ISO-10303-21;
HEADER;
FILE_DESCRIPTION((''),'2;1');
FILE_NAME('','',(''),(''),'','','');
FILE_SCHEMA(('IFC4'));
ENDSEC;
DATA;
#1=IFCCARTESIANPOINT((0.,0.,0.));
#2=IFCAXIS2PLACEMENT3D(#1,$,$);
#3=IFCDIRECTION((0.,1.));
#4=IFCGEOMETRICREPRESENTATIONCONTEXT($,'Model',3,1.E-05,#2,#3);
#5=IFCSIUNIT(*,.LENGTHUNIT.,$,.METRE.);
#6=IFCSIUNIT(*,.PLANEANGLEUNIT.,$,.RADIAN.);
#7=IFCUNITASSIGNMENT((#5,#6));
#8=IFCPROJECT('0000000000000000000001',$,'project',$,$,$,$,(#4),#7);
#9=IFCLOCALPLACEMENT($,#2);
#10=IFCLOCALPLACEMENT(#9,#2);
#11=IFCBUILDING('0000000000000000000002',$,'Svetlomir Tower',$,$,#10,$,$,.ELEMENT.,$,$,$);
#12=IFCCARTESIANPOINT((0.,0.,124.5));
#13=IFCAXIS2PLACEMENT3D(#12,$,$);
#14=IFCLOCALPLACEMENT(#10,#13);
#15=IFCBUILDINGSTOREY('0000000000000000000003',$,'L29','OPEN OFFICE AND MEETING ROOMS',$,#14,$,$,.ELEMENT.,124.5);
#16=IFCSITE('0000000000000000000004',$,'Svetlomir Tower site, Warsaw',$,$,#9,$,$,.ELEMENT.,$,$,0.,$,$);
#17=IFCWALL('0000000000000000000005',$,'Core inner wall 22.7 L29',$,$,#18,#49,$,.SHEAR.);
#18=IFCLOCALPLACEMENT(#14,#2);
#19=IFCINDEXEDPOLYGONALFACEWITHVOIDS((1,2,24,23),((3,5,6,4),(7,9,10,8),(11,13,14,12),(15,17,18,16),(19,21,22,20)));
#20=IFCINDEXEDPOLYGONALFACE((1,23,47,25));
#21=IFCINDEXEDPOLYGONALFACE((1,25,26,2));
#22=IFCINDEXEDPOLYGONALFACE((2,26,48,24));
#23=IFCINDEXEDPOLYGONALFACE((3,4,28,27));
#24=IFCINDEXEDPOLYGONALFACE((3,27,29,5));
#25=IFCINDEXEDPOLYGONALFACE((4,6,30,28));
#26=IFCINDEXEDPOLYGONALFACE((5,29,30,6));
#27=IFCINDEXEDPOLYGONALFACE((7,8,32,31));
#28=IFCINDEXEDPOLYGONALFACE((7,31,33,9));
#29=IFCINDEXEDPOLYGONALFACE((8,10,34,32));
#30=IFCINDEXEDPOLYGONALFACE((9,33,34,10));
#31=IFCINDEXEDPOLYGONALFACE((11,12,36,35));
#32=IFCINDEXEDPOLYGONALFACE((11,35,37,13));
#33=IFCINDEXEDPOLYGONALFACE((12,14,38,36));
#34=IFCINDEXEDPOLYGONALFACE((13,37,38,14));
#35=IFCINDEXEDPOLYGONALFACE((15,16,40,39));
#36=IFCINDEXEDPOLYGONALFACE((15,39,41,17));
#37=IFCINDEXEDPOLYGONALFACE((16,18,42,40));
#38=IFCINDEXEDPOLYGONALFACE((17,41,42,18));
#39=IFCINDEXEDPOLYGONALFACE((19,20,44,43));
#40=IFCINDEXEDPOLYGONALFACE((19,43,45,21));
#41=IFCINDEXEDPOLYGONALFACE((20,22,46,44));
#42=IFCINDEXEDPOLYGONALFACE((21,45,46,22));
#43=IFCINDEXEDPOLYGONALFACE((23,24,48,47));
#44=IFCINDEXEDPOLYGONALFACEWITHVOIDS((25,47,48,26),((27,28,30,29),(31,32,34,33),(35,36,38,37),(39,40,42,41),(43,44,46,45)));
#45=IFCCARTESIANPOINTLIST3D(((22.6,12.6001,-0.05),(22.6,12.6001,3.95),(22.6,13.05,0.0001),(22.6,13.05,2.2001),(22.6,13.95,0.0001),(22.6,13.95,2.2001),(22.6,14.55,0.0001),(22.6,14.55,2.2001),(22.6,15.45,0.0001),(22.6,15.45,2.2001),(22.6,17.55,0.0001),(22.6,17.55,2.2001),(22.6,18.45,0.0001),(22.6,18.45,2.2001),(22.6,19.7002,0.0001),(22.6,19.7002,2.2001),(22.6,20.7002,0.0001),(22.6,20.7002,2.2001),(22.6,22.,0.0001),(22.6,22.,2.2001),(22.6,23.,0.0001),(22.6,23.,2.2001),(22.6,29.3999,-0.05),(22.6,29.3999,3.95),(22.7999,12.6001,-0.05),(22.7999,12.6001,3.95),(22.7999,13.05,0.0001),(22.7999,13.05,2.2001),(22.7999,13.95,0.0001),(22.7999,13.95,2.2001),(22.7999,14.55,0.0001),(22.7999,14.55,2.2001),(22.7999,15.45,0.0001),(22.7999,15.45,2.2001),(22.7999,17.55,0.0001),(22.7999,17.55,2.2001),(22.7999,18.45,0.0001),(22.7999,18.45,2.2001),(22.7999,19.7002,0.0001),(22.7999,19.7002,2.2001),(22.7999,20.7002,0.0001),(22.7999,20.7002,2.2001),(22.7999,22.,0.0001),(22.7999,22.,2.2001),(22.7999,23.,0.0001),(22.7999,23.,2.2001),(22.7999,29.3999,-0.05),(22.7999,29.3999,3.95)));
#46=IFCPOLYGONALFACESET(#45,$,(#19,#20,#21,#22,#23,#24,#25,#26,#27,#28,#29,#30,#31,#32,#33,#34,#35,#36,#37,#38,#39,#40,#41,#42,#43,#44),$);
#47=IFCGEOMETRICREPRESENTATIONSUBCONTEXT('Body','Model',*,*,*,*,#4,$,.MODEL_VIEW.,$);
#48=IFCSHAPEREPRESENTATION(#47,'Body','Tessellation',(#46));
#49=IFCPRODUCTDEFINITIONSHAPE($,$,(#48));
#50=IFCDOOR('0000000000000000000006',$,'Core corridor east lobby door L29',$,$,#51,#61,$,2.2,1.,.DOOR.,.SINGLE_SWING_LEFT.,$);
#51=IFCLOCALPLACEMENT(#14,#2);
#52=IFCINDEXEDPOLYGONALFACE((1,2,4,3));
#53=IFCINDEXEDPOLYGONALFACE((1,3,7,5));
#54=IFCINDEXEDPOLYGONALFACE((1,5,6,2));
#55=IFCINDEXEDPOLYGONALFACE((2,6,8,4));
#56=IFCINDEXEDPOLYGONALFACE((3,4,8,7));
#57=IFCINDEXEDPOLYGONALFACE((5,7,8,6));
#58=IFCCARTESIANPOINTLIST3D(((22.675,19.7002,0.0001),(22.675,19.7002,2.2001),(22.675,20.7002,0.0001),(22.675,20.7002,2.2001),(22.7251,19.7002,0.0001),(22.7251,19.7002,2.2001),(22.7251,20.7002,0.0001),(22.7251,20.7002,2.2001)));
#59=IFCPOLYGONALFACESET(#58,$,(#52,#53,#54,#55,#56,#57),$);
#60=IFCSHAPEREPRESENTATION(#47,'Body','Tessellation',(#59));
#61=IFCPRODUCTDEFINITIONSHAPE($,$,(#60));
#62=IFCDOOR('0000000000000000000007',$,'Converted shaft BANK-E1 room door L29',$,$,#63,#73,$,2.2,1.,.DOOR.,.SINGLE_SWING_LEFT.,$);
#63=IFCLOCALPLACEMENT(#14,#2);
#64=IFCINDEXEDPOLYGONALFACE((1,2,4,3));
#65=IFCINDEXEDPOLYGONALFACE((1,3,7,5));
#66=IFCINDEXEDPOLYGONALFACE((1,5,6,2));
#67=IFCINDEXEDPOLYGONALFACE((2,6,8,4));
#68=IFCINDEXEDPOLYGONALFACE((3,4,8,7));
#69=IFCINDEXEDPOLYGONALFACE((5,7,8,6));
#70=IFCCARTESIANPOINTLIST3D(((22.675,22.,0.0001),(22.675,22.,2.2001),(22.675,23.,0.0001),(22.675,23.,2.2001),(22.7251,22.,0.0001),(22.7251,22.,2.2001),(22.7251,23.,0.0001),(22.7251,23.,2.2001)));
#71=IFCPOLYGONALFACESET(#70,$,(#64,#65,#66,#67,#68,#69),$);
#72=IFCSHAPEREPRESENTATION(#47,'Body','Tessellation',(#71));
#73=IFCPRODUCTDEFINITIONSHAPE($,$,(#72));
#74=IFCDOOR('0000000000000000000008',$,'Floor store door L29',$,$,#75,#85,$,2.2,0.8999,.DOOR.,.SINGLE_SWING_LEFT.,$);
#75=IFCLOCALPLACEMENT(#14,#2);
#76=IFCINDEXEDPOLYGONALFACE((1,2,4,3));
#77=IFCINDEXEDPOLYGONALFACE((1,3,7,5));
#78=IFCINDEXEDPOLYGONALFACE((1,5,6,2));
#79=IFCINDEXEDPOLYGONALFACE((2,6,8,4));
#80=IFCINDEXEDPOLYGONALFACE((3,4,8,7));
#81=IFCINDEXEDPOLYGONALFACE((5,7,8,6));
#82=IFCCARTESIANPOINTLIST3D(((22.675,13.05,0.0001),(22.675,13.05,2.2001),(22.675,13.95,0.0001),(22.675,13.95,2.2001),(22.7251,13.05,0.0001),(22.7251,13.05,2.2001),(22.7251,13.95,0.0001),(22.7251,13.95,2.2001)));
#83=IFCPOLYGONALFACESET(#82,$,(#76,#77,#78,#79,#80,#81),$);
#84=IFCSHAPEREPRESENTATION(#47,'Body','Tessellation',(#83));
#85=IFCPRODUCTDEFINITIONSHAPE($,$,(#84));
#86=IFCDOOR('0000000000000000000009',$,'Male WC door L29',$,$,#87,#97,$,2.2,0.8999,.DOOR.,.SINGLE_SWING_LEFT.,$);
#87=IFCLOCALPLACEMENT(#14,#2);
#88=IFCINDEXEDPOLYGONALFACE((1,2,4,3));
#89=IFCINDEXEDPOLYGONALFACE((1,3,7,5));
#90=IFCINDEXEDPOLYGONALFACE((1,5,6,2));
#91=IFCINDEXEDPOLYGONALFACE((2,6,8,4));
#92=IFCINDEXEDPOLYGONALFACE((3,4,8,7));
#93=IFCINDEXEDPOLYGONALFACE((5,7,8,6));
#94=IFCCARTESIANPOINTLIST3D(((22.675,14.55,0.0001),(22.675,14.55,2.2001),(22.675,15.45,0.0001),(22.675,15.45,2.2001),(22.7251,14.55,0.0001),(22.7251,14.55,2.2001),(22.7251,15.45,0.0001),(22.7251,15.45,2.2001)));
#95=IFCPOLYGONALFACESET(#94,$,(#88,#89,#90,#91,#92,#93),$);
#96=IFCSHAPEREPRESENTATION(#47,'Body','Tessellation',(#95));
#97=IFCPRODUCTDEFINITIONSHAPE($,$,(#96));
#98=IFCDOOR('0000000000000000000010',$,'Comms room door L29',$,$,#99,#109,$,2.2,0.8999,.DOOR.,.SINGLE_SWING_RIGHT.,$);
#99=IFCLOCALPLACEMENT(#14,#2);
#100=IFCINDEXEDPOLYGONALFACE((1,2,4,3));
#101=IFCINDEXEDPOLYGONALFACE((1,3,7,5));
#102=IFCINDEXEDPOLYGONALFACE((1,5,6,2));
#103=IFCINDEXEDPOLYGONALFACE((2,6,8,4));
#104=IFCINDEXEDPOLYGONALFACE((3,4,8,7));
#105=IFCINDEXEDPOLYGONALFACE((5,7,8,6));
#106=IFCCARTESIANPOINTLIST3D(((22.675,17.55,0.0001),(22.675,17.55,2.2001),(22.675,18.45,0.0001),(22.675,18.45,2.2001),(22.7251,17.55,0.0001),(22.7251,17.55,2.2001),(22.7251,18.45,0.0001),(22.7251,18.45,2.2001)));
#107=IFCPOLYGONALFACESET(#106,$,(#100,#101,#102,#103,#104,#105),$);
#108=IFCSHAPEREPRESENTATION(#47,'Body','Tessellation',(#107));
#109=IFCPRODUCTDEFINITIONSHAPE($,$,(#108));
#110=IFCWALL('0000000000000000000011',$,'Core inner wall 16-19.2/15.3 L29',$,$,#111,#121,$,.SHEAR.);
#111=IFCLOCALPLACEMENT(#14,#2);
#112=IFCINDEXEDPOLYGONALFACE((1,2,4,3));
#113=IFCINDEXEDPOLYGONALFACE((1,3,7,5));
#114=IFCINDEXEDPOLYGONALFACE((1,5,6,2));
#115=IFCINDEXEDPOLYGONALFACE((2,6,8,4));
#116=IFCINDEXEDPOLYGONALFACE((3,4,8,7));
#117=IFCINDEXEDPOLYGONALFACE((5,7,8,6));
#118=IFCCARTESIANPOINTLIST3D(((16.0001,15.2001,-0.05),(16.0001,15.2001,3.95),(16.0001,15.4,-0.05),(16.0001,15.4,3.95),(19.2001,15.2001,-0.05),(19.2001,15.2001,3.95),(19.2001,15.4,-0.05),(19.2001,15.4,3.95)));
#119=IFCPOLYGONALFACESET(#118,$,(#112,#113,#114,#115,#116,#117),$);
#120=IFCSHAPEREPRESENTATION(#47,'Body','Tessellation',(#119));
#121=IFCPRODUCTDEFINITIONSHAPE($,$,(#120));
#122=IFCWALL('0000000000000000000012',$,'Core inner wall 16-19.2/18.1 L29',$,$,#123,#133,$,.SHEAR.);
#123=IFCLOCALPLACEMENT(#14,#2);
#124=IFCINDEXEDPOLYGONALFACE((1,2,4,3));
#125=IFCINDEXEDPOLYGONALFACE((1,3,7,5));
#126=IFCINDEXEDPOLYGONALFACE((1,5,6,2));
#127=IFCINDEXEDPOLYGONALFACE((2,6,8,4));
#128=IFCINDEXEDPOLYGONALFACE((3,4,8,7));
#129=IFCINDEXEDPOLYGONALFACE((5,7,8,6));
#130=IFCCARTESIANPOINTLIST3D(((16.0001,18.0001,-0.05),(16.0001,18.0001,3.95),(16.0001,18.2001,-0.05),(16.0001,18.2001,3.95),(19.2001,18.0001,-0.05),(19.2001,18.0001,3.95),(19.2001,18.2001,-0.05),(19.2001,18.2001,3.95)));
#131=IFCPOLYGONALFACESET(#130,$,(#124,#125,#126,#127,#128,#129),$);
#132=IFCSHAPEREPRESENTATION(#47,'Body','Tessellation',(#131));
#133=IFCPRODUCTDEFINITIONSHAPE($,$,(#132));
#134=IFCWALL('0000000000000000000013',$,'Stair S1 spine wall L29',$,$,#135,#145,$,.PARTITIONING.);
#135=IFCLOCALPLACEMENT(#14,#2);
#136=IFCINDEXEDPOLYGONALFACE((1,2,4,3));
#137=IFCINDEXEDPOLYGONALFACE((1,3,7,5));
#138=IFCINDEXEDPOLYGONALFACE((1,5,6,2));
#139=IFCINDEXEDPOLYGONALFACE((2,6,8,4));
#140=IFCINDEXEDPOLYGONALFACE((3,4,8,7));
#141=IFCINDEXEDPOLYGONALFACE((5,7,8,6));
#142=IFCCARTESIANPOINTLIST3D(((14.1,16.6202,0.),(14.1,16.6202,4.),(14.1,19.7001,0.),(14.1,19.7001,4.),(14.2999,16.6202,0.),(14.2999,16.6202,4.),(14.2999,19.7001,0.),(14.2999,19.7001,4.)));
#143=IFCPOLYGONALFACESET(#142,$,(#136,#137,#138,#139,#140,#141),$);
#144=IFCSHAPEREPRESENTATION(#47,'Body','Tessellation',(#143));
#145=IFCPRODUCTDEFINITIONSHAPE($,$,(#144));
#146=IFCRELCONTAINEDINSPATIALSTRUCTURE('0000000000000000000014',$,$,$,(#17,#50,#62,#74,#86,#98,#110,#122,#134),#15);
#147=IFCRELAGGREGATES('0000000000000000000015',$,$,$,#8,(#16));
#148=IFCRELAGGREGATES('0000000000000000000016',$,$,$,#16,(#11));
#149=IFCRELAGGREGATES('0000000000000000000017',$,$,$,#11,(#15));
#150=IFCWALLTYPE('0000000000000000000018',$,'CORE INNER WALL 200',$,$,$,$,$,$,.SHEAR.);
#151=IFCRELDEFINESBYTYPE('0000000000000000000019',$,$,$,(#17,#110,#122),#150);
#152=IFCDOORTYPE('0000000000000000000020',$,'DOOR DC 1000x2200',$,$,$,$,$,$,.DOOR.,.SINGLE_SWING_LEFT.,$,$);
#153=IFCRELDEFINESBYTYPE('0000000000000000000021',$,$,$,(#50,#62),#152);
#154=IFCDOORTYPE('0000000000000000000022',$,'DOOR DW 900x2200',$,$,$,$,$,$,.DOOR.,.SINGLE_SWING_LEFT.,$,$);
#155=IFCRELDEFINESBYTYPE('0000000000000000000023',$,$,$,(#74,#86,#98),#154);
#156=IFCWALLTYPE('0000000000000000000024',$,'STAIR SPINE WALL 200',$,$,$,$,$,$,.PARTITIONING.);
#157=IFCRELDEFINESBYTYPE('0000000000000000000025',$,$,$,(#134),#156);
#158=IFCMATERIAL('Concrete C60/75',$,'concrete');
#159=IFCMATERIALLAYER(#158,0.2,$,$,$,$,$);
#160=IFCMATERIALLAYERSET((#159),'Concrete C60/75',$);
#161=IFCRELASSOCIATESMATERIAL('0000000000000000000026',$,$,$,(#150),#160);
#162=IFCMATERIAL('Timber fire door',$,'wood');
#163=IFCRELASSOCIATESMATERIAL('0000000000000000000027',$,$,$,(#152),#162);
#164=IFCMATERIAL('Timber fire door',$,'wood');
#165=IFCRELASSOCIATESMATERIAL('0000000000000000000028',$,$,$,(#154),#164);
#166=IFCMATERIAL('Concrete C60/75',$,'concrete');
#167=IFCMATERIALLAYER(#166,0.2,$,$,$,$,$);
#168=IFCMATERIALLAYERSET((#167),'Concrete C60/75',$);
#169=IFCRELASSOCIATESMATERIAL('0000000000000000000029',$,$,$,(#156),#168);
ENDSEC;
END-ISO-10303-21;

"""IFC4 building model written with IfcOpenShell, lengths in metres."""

from ifc_helpers import new_model, si_unit, direction, frame, frame_2d, origin, place, context, subcontext, project, spatial, rectangle, extrude, material, layer, layer_set, type_object, element, fill, save


model = new_model("IFC4")

# Units and contexts
model_context = context("Model", 3, precision=1e-05, world=origin(), true_north=direction((0.0, 1.0)))
body_context = subcontext(model_context, "Body", "Model", "MODEL_VIEW")
ifc_project = project(units=[si_unit("LENGTHUNIT", "METRE"), si_unit("PLANEANGLEUNIT", "RADIAN")], contexts=[model_context])

# Site, building, storey
site_placement = place(None, origin())
site = spatial("IfcSite", under=ifc_project, at=site_placement, Name="Svetlomir Tower site, Warsaw", CompositionType="ELEMENT", RefElevation=0.0)
building_placement = place(site_placement, origin())
building = spatial("IfcBuilding", under=site, at=building_placement, Name="Svetlomir Tower", CompositionType="ELEMENT")
storey_placement = place(building_placement, frame((0.0, 0.0, 124.5)))
storey = spatial("IfcBuildingStorey", under=building, at=storey_placement, Name="L29", Description="OPEN OFFICE AND MEETING ROOMS", CompositionType="ELEMENT", Elevation=124.5)

# Wall, openings, doors
ifc_material_1 = material(Name="Concrete C60/75", Category="concrete")
ifc_layer_1 = layer(ifc_material_1, 0.2)
ifc_layer_set_1 = layer_set([ifc_layer_1], Name="Concrete C60/75")
wall_type_1 = type_object("IfcWallType", Name="CORE INNER WALL 200", PredefinedType="SHEAR", material=ifc_layer_set_1)
ifc_material_2 = material(Name="Timber fire door", Category="wood")
door_type_1 = type_object("IfcDoorType", Name="DOOR DC 1000x2200", OperationType="SINGLE_SWING_LEFT", PredefinedType="DOOR", material=ifc_material_2)
ifc_material_3 = material(Name="Timber fire door", Category="wood")
door_type_2 = type_object("IfcDoorType", Name="DOOR DW 900x2200", OperationType="SINGLE_SWING_LEFT", PredefinedType="DOOR", material=ifc_material_3)
wall_1_placement = place(storey_placement, frame((22.7, 12.6001, -0.05), z_axis=(0.0, 0.0, 1.0), x_axis=(0.0, 1.0, 0.0)))
wall_1 = element("IfcWall", 1, at=wall_1_placement, inside=storey, type_object=wall_type_1, Name="Core inner wall 22.7 L29", PredefinedType="SHEAR", context=body_context, shape_type="SweptSolid", body=[
    extrude(rectangle(XDim=16.7998, YDim=0.2, at=frame_2d((8.3999, 0.0))), origin(), (0.0, 0.0, 1.0), 4.0),
])
opening_1_placement = place(wall_1_placement, frame((0.45, 0.0, 0.05)))
opening_1 = element("IfcOpeningElement", 2, at=opening_1_placement, cuts=wall_1, PredefinedType="OPENING", context=body_context, shape_type="SweptSolid", body=[
    extrude(rectangle(XDim=0.8999, YDim=2.2, at=frame_2d((0.45, 1.1001))), frame((0.0, 0.1099, 0.0), z_axis=(0.0, -1.0, 0.0), x_axis=(1.0, 0.0, 0.0)), (0.0, 0.0, 1.0), 0.22),
])
opening_2_placement = place(wall_1_placement, frame((7.1001, 0.0, 0.05)))
opening_2 = element("IfcOpeningElement", 3, at=opening_2_placement, cuts=wall_1, PredefinedType="OPENING", context=body_context, shape_type="SweptSolid", body=[
    extrude(rectangle(XDim=1.0, YDim=2.2, at=frame_2d((0.5, 1.1001))), frame((0.0, 0.1099, 0.0), z_axis=(0.0, -1.0, 0.0), x_axis=(1.0, 0.0, 0.0)), (0.0, 0.0, 1.0), 0.22),
])
opening_3_placement = place(wall_1_placement, frame((1.95, 0.0, 0.05)))
opening_3 = element("IfcOpeningElement", 4, at=opening_3_placement, cuts=wall_1, PredefinedType="OPENING", context=body_context, shape_type="SweptSolid", body=[
    extrude(rectangle(XDim=0.8999, YDim=2.2, at=frame_2d((0.45, 1.1001))), frame((0.0, 0.1099, 0.0), z_axis=(0.0, -1.0, 0.0), x_axis=(1.0, 0.0, 0.0)), (0.0, 0.0, 1.0), 0.22),
])
opening_4_placement = place(wall_1_placement, frame((4.95, 0.0, 0.05)))
opening_4 = element("IfcOpeningElement", 5, at=opening_4_placement, cuts=wall_1, PredefinedType="OPENING", context=body_context, shape_type="SweptSolid", body=[
    extrude(rectangle(XDim=0.8999, YDim=2.2, at=frame_2d((0.45, 1.1001))), frame((0.0, 0.1099, 0.0), z_axis=(0.0, -1.0, 0.0), x_axis=(1.0, 0.0, 0.0)), (0.0, 0.0, 1.0), 0.22),
])
opening_5_placement = place(wall_1_placement, frame((9.3999, 0.0, 0.05)))
opening_5 = element("IfcOpeningElement", 6, at=opening_5_placement, cuts=wall_1, PredefinedType="OPENING", context=body_context, shape_type="SweptSolid", body=[
    extrude(rectangle(XDim=1.0, YDim=2.2, at=frame_2d((0.5, 1.1001))), frame((0.0, 0.1099, 0.0), z_axis=(0.0, -1.0, 0.0), x_axis=(1.0, 0.0, 0.0)), (0.0, 0.0, 1.0), 0.22),
])
door_1_placement = place(opening_2_placement, origin())
door_1 = element("IfcDoor", 7, at=door_1_placement, inside=storey, type_object=door_type_1, Name="Core corridor east lobby door L29", OperationType="SINGLE_SWING_LEFT", OverallHeight=2.2, OverallWidth=1.0, PredefinedType="DOOR", context=body_context, shape_type="SweptSolid", body=[
    extrude(rectangle(XDim=1.0, YDim=2.2, at=frame_2d((0.5, 1.1001))), frame((0.0, 0.0249, 0.0), z_axis=(0.0, -1.0, 0.0), x_axis=(1.0, 0.0, 0.0)), (0.0, 0.0, 1.0), 0.05),
])
fill(opening_2, door_1)
door_2_placement = place(opening_5_placement, origin())
door_2 = element("IfcDoor", 8, at=door_2_placement, inside=storey, type_object=door_type_1, Name="Converted shaft BANK-E1 room door L29", OperationType="SINGLE_SWING_LEFT", OverallHeight=2.2, OverallWidth=1.0, PredefinedType="DOOR", context=body_context, shape_type="SweptSolid", body=[
    extrude(rectangle(XDim=1.0, YDim=2.2, at=frame_2d((0.5, 1.1001))), frame((0.0, 0.0249, 0.0), z_axis=(0.0, -1.0, 0.0), x_axis=(1.0, 0.0, 0.0)), (0.0, 0.0, 1.0), 0.05),
])
fill(opening_5, door_2)
door_3_placement = place(opening_1_placement, origin())
door_3 = element("IfcDoor", 9, at=door_3_placement, inside=storey, type_object=door_type_2, Name="Floor store door L29", OperationType="SINGLE_SWING_LEFT", OverallHeight=2.2, OverallWidth=0.8999, PredefinedType="DOOR", context=body_context, shape_type="SweptSolid", body=[
    extrude(rectangle(XDim=0.8999, YDim=2.2, at=frame_2d((0.45, 1.1001))), frame((0.0, 0.0249, 0.0), z_axis=(0.0, -1.0, 0.0), x_axis=(1.0, 0.0, 0.0)), (0.0, 0.0, 1.0), 0.05),
])
fill(opening_1, door_3)
door_4_placement = place(opening_3_placement, origin())
door_4 = element("IfcDoor", 10, at=door_4_placement, inside=storey, type_object=door_type_2, Name="Male WC door L29", OperationType="SINGLE_SWING_LEFT", OverallHeight=2.2, OverallWidth=0.8999, PredefinedType="DOOR", context=body_context, shape_type="SweptSolid", body=[
    extrude(rectangle(XDim=0.8999, YDim=2.2, at=frame_2d((0.45, 1.1001))), frame((0.0, 0.0249, 0.0), z_axis=(0.0, -1.0, 0.0), x_axis=(1.0, 0.0, 0.0)), (0.0, 0.0, 1.0), 0.05),
])
fill(opening_3, door_4)
door_5_placement = place(opening_4_placement, origin())
door_5 = element("IfcDoor", 11, at=door_5_placement, inside=storey, type_object=door_type_2, Name="Comms room door L29", OperationType="SINGLE_SWING_RIGHT", OverallHeight=2.2, OverallWidth=0.8999, PredefinedType="DOOR", context=body_context, shape_type="SweptSolid", body=[
    extrude(rectangle(XDim=0.8999, YDim=2.2, at=frame_2d((0.45, 1.1001))), frame((0.0, 0.0249, 0.0), z_axis=(0.0, -1.0, 0.0), x_axis=(1.0, 0.0, 0.0)), (0.0, 0.0, 1.0), 0.05),
])
fill(opening_4, door_5)

# Walls
for number, where, z_axis, x_axis, name in (
    (12, (16.0, 15.3, -0.05), (0.0, 0.0, 1.0), (1.0, 0.0, 0.0), "Core inner wall 16-19.2/15.3 L29"),
    (13, (16.0, 18.1001, -0.05), (0.0, 0.0, 1.0), (1.0, 0.0, 0.0), "Core inner wall 16-19.2/18.1 L29"),
):
    element("IfcWall", number, at=place(storey_placement, frame(where, z_axis=z_axis, x_axis=x_axis)), inside=storey, type_object=wall_type_1, Name=name, PredefinedType="SHEAR", context=body_context, shape_type="SweptSolid", body=[
        extrude(rectangle(XDim=3.2, YDim=0.2, at=frame_2d((1.6001, 0.0))), origin(), (0.0, 0.0, 1.0), 4.0),
    ])
ifc_material_4 = material(Name="Concrete C60/75", Category="concrete")
ifc_layer_2 = layer(ifc_material_4, 0.2)
ifc_layer_set_2 = layer_set([ifc_layer_2], Name="Concrete C60/75")
wall_type_2 = type_object("IfcWallType", Name="STAIR SPINE WALL 200", PredefinedType="PARTITIONING", material=ifc_layer_set_2)
wall_2_placement = place(storey_placement, frame((14.2, 16.6201, 0.0), z_axis=(0.0, 0.0, 1.0), x_axis=(0.0, 1.0, 0.0)))
element("IfcWall", 14, at=wall_2_placement, inside=storey, type_object=wall_type_2, Name="Stair S1 spine wall L29", PredefinedType="PARTITIONING", context=body_context, shape_type="SweptSolid", body=[
    extrude(rectangle(XDim=3.0798, YDim=0.2, at=frame_2d((1.54, 0.0))), origin(), (0.0, 0.0, 1.0), 4.0),
])

save(model, "model.ifc")
